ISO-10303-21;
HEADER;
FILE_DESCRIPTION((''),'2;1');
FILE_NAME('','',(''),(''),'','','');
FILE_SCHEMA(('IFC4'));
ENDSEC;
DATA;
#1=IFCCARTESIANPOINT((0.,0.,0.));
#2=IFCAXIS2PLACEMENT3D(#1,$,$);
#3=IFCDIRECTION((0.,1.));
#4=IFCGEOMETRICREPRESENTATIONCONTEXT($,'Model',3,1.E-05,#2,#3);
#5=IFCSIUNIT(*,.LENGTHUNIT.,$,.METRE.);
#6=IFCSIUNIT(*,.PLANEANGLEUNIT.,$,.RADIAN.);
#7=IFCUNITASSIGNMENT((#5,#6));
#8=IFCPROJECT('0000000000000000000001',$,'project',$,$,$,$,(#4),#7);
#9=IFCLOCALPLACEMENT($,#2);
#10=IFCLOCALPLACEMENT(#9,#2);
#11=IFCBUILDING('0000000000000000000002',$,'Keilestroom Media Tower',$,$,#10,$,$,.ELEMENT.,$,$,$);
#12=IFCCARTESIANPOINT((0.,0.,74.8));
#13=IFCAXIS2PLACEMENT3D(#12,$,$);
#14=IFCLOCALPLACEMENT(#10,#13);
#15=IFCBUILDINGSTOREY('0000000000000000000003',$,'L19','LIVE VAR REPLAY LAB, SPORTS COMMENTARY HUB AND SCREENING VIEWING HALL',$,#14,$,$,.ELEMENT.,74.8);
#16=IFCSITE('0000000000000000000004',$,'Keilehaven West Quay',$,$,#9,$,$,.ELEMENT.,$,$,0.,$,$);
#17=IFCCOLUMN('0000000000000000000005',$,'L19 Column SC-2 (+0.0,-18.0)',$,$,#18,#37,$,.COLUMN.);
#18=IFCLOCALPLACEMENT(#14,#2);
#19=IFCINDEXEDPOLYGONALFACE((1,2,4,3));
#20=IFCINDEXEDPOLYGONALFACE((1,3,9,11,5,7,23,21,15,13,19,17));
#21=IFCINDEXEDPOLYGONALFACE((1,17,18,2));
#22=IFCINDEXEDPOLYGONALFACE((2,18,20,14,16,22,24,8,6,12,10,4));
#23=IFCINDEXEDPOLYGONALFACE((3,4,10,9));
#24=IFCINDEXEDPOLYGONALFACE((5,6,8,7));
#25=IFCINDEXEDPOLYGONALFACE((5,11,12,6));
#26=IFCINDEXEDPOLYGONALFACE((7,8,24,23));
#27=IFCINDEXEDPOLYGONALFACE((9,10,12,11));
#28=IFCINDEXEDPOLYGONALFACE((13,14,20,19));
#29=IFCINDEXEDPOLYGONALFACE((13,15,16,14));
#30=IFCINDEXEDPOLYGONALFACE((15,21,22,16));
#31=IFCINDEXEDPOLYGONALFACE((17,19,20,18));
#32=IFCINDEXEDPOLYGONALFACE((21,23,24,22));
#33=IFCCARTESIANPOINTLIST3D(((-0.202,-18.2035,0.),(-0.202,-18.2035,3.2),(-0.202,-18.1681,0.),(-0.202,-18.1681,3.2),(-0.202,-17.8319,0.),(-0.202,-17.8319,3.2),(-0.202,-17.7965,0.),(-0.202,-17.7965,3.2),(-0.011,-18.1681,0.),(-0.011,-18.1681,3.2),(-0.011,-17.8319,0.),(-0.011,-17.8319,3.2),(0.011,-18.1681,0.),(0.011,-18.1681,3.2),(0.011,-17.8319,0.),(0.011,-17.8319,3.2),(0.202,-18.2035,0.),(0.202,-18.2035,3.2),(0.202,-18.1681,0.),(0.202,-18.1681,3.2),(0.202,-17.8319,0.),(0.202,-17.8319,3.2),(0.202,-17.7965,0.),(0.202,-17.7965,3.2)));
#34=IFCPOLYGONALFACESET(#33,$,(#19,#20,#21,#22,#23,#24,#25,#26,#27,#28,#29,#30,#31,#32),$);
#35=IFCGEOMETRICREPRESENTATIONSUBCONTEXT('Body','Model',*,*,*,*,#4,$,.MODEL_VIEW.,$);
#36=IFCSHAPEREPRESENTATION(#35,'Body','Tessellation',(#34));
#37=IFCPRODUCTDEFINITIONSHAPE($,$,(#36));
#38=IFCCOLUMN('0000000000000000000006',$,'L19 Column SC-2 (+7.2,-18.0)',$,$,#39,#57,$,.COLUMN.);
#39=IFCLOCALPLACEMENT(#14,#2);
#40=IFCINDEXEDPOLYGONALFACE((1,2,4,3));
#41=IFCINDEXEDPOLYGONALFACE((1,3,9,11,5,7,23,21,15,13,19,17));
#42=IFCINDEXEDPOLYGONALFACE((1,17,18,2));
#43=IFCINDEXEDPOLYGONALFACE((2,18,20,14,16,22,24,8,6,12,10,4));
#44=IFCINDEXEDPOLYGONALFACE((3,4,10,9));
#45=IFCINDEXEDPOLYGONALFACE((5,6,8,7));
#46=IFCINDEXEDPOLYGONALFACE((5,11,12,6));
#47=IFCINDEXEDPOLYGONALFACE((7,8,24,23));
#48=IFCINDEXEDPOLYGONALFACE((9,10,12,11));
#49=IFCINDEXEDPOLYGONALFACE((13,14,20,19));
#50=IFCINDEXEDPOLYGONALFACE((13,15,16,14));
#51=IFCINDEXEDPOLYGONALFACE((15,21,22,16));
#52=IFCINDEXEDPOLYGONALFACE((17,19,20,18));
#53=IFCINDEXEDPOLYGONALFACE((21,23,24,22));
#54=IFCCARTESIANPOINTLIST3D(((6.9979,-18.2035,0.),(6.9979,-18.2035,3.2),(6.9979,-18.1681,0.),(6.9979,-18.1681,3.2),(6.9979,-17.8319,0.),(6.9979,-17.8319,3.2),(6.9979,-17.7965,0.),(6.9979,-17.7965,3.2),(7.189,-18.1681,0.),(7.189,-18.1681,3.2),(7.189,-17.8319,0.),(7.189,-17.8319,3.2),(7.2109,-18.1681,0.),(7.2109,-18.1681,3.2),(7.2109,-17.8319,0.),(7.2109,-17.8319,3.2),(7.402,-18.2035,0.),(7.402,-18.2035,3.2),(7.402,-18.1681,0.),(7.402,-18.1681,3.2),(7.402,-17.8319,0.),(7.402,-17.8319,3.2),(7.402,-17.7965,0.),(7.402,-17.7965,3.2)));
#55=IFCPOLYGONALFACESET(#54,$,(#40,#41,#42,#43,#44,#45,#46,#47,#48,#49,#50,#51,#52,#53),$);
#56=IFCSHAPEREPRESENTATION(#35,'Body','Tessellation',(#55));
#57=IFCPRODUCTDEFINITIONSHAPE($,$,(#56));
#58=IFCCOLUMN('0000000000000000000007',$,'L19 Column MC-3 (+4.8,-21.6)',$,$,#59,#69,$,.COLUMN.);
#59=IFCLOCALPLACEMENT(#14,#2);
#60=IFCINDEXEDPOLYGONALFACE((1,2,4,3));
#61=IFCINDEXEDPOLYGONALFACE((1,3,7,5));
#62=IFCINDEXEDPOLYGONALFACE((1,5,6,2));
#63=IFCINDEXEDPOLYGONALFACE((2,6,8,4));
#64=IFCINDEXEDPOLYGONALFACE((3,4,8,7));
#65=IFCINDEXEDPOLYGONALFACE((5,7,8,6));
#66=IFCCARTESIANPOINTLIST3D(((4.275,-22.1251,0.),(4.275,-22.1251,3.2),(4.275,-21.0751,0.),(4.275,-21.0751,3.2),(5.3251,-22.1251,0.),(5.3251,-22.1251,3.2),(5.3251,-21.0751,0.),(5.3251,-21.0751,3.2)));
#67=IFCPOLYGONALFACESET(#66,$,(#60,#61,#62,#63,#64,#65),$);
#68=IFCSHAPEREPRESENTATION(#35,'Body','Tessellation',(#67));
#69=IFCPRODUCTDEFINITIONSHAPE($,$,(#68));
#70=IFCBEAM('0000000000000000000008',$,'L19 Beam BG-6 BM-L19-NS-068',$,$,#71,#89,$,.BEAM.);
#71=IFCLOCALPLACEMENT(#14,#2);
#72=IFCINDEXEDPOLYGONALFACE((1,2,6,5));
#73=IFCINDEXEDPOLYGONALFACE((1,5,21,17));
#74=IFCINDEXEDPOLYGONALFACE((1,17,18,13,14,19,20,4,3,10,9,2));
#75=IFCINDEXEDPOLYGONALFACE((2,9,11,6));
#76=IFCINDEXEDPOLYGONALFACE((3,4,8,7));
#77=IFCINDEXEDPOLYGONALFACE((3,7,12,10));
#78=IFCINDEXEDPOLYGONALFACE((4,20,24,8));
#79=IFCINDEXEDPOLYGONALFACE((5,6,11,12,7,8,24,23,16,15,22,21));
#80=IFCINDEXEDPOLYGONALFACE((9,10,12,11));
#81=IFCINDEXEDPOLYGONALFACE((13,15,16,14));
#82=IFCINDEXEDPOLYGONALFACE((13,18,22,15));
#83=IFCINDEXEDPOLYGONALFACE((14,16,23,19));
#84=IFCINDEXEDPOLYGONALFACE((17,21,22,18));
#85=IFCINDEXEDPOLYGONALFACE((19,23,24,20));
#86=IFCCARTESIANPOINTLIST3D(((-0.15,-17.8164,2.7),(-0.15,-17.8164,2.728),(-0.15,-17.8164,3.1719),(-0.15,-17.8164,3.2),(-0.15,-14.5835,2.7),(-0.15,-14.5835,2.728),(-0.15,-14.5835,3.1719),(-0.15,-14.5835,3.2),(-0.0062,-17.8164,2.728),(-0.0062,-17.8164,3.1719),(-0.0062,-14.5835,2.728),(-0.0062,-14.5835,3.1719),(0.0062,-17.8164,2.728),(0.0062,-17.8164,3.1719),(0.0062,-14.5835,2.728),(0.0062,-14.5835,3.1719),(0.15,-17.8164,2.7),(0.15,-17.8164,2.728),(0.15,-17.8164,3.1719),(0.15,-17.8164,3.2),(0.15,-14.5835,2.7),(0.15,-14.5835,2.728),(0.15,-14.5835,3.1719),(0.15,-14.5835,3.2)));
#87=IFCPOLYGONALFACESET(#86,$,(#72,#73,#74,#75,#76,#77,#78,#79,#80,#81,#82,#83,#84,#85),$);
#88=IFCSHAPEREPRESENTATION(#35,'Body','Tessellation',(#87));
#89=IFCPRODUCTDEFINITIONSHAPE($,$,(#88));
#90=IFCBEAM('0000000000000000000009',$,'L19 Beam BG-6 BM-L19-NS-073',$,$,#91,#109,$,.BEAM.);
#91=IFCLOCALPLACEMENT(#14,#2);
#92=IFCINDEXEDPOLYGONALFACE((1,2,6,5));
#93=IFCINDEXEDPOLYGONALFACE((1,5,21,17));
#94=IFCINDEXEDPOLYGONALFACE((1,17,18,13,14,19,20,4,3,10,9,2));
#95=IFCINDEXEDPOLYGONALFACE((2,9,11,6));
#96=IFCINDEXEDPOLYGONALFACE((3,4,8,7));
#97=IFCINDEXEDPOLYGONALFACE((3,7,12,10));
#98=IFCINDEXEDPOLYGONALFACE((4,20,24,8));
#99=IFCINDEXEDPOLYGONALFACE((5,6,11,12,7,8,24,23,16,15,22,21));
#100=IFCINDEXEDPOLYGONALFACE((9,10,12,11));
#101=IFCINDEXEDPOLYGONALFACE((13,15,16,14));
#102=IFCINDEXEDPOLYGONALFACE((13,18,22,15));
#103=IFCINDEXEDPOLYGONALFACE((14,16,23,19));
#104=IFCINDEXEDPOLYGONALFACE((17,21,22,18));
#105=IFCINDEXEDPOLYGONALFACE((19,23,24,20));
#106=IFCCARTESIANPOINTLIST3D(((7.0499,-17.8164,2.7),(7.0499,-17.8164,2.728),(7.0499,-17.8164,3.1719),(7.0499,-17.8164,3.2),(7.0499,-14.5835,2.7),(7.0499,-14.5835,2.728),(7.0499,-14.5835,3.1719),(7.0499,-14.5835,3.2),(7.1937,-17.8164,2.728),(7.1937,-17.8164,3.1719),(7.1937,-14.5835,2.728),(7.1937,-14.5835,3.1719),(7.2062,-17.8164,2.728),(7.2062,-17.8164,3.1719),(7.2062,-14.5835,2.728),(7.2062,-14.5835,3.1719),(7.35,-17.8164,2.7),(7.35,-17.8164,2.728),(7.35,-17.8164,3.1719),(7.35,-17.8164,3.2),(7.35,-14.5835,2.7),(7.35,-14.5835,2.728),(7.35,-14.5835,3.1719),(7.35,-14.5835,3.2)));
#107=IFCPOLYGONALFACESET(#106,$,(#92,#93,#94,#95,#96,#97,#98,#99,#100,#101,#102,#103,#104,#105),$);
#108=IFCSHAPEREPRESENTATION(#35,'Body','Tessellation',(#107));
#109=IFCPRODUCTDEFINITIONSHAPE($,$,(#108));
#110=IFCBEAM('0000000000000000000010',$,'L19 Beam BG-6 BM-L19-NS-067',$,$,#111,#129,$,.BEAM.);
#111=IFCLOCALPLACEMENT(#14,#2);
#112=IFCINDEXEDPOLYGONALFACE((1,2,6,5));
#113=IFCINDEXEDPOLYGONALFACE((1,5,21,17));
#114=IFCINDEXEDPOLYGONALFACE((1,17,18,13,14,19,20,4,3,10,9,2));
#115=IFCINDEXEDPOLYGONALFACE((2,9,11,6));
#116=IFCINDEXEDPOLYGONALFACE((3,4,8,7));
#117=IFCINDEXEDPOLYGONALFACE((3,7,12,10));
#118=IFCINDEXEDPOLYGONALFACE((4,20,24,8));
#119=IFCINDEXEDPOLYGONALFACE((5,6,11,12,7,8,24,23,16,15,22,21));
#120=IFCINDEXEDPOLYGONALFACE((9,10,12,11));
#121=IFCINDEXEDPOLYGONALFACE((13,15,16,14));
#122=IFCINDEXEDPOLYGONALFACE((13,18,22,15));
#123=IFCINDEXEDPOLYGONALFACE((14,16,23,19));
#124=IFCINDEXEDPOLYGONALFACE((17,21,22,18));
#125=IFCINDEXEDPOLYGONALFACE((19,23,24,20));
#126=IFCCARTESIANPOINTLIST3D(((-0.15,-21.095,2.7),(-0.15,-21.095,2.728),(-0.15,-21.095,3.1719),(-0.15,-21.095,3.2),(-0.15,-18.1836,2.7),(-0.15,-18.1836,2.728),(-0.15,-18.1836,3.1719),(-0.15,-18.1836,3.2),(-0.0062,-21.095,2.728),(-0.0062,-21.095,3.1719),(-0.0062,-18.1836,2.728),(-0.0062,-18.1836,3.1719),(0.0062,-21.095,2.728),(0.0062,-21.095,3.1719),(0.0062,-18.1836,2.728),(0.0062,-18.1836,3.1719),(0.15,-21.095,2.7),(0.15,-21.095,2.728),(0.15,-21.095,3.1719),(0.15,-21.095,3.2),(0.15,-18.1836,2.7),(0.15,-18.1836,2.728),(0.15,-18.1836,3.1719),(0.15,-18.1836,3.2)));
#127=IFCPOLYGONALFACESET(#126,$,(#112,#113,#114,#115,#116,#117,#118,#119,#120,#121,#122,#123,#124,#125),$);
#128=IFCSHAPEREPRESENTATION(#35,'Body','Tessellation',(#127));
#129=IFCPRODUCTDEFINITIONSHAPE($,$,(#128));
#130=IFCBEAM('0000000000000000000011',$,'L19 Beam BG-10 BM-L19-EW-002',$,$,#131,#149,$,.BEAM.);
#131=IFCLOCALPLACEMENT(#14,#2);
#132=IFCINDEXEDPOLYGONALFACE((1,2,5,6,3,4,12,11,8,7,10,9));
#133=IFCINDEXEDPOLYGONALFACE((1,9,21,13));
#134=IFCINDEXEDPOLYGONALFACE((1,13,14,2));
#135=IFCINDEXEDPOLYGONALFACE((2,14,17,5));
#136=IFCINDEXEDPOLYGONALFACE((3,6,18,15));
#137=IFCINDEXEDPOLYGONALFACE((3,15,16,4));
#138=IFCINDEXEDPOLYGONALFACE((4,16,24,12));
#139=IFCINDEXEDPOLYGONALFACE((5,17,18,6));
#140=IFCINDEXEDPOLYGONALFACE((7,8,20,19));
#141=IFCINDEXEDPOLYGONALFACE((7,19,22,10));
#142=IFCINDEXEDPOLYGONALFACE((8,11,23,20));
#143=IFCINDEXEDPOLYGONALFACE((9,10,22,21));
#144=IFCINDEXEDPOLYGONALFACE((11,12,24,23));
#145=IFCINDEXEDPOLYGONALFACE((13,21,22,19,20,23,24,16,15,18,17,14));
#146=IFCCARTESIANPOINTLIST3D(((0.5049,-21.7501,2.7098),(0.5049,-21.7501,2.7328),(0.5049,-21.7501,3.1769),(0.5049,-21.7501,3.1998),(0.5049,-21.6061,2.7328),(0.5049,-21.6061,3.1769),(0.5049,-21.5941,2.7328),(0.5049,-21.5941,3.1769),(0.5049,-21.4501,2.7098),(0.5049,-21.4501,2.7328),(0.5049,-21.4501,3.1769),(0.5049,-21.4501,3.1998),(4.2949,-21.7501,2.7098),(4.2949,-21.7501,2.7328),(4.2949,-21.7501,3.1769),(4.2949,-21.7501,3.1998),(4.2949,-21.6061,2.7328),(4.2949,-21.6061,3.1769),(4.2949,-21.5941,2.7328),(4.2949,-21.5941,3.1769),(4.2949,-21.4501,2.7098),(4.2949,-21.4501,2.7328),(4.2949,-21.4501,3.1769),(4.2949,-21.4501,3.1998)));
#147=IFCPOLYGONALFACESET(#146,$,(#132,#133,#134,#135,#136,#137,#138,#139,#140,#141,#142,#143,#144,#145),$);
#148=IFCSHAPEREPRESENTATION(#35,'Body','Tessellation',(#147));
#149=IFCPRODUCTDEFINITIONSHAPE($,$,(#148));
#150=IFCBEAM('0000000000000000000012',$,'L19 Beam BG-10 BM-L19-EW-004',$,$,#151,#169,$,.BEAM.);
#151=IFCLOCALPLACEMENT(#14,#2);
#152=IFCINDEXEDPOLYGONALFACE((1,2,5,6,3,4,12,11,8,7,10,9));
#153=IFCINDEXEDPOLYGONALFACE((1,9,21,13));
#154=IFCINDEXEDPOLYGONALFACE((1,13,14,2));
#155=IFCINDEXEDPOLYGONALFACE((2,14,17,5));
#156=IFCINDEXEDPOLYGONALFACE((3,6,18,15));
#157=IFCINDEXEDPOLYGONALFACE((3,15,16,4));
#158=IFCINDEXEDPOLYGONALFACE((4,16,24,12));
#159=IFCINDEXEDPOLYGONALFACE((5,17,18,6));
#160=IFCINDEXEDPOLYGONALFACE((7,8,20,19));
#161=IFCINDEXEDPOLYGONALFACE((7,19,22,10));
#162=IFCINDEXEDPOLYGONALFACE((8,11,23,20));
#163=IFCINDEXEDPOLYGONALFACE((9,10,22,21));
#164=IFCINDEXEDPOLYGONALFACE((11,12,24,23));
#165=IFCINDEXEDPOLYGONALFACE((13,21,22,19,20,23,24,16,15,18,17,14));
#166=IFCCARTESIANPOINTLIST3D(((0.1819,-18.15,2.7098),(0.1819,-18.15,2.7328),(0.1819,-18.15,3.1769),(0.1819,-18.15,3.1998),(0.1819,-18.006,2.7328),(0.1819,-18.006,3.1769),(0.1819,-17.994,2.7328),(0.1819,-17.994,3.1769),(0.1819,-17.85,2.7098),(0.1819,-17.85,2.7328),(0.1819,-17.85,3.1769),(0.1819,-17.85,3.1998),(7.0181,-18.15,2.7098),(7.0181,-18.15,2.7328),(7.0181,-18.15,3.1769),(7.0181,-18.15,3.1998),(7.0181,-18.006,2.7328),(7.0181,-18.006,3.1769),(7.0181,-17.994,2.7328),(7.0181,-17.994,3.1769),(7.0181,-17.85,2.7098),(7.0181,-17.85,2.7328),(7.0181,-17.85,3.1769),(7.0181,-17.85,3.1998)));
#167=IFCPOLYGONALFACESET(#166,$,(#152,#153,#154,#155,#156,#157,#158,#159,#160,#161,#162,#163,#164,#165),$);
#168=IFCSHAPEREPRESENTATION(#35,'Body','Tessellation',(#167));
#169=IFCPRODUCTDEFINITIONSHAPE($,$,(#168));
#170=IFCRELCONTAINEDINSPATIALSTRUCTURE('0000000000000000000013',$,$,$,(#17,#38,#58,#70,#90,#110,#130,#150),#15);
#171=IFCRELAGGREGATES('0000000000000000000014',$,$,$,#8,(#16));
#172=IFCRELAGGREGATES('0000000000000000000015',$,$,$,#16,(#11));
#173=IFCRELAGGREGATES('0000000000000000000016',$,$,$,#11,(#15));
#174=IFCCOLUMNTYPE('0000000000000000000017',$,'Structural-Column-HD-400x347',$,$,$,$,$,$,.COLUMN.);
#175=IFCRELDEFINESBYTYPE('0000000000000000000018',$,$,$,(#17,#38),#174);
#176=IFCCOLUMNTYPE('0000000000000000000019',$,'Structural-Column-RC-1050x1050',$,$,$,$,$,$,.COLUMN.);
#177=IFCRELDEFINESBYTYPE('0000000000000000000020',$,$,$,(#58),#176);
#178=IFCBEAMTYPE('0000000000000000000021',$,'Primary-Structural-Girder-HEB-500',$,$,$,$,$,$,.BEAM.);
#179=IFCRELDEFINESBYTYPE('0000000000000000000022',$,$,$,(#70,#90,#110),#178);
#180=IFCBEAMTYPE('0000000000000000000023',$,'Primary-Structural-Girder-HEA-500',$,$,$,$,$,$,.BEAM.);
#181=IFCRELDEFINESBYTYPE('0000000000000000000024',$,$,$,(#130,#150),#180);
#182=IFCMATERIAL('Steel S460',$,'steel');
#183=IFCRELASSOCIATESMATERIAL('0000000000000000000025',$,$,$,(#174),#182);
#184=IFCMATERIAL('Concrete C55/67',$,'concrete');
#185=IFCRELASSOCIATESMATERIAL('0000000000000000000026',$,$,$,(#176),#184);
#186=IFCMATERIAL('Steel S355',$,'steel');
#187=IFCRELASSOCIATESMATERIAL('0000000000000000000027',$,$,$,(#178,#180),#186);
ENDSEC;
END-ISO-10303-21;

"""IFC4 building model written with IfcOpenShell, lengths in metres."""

from ifc_helpers import new_model, si_unit, direction, frame, origin, origin_2d, place, context, subcontext, project, spatial, rectangle, i_section, extrude, source, transform, mapped, material, material_profile, profile_set, type_object, element, save


model = new_model("IFC4")

# Units and contexts
model_context = context("Model", 3, precision=1e-05, world=origin(), true_north=direction((0.0, 1.0)))
body_context = subcontext(model_context, "Body", "Model", "MODEL_VIEW")
ifc_project = project(units=[si_unit("LENGTHUNIT", "METRE"), si_unit("PLANEANGLEUNIT", "RADIAN")], contexts=[model_context])

# Site, building, storey
site_placement = place(None, origin())
site = spatial("IfcSite", under=ifc_project, at=site_placement, Name="Keilehaven West Quay", CompositionType="ELEMENT", RefElevation=0.0)
building_placement = place(site_placement, origin())
building = spatial("IfcBuilding", under=site, at=building_placement, Name="Keilestroom Media Tower", CompositionType="ELEMENT")
storey_placement = place(building_placement, frame((0.0, 0.0, 74.8)))
storey = spatial("IfcBuildingStorey", under=building, at=storey_placement, Name="L19", Description="LIVE VAR REPLAY LAB, SPORTS COMMENTARY HUB AND SCREENING VIEWING HALL", CompositionType="ELEMENT", Elevation=74.8)

# Columns
ifc_material_1 = material(Name="Steel S460", Category="steel")
ifc_material_profile_1 = material_profile(ifc_material_1, i_section(OverallWidth=0.4041, OverallDepth=0.407, WebThickness=0.022, FlangeThickness=0.0354, at=origin_2d()), Name="HD 400x347")
ifc_profile_set_1 = profile_set([ifc_material_profile_1], Name="Steel S460")
column_type_1 = type_object("IfcColumnType", Name="Structural-Column-HD-400x347", PredefinedType="COLUMN", material=ifc_profile_set_1)
shared_shape_1 = source(origin(), body_context, "Body", "SweptSolid", [
    extrude(i_section(OverallWidth=0.4041, OverallDepth=0.407, WebThickness=0.022, FlangeThickness=0.0354, at=origin_2d()), origin(), (0.0, 0.0, 1.0), 3.2),
])
for number, where, z_axis, x_axis, name in (
    (1, (0.0, -18.0, 0.0), (0.0, 0.0, 1.0), (1.0, 0.0, 0.0), "L19 Column SC-2 (+0.0,-18.0)"),
    (2, (7.2, -18.0, 0.0), (0.0, 0.0, 1.0), (1.0, 0.0, 0.0), "L19 Column SC-2 (+7.2,-18.0)"),
):
    element("IfcColumn", number, at=place(storey_placement, frame(where, z_axis=z_axis, x_axis=x_axis)), inside=storey, type_object=column_type_1, Name=name, PredefinedType="COLUMN", context=body_context, shape_type="MappedRepresentation", body=[
        mapped(shared_shape_1, transform((0.0, 0.0, 0.0), x_axis=(1.0, 0.0, 0.0), y_axis=(0.0, 1.0, 0.0), z_axis=(0.0, 0.0, 1.0), scale=1.0)),
    ])
ifc_material_2 = material(Name="Concrete C55/67", Category="concrete")
ifc_material_profile_2 = material_profile(ifc_material_2, rectangle(XDim=1.05, YDim=1.05, at=origin_2d()), Name="RC 1050x1050")
ifc_profile_set_2 = profile_set([ifc_material_profile_2], Name="Concrete C55/67")
column_type_2 = type_object("IfcColumnType", Name="Structural-Column-RC-1050x1050", PredefinedType="COLUMN", material=ifc_profile_set_2)
shared_shape_2 = source(origin(), body_context, "Body", "SweptSolid", [
    extrude(rectangle(XDim=1.05, YDim=1.05, at=origin_2d()), origin(), (0.0, 0.0, 1.0), 3.2),
])
column_placement = place(storey_placement, frame((4.8, -21.6001, 0.0), z_axis=(0.0, 0.0, 1.0), x_axis=(1.0, 0.0, 0.0)))
element("IfcColumn", 3, at=column_placement, inside=storey, type_object=column_type_2, Name="L19 Column MC-3 (+4.8,-21.6)", PredefinedType="COLUMN", context=body_context, shape_type="MappedRepresentation", body=[
    mapped(shared_shape_2, transform((0.0, 0.0, 0.0), x_axis=(1.0, 0.0, 0.0), y_axis=(0.0, 1.0, 0.0), z_axis=(0.0, 0.0, 1.0), scale=1.0)),
])

# Beams
ifc_material_3 = material(Name="Steel S355", Category="steel")
ifc_material_profile_3 = material_profile(ifc_material_3, i_section(OverallWidth=0.3, OverallDepth=0.5, WebThickness=0.0125, FlangeThickness=0.0281, at=origin_2d()), Name="HEB 500")
ifc_profile_set_3 = profile_set([ifc_material_profile_3], Name="Steel S355")
beam_type_1 = type_object("IfcBeamType", Name="Primary-Structural-Girder-HEB-500", PredefinedType="BEAM", material=ifc_profile_set_3)
shared_shape_3 = source(origin(), body_context, "Body", "SweptSolid", [
    extrude(i_section(OverallWidth=0.3, OverallDepth=0.5, WebThickness=0.0125, FlangeThickness=0.0281, at=origin_2d()), origin(), (0.0, 0.0, 1.0), 3.2329),
])
for number, where, z_axis, x_axis, name in (
    (4, (0.0, -17.8164, 2.95), (0.0, 1.0, 0.0), (-1.0, 0.0, 0.0), "L19 Beam BG-6 BM-L19-NS-068"),
    (5, (7.2, -17.8164, 2.95), (0.0, 1.0, 0.0), (-1.0, 0.0, 0.0), "L19 Beam BG-6 BM-L19-NS-073"),
):
    element("IfcBeam", number, at=place(storey_placement, frame(where, z_axis=z_axis, x_axis=x_axis)), inside=storey, type_object=beam_type_1, Name=name, PredefinedType="BEAM", context=body_context, shape_type="MappedRepresentation", body=[
        mapped(shared_shape_3, transform((0.0, 0.0, 0.0), x_axis=(1.0, 0.0, 0.0), y_axis=(0.0, 1.0, 0.0), z_axis=(0.0, 0.0, 1.0), scale=1.0)),
    ])
shared_shape_4 = source(origin(), body_context, "Body", "SweptSolid", [
    extrude(i_section(OverallWidth=0.3, OverallDepth=0.5, WebThickness=0.0125, FlangeThickness=0.0281, at=origin_2d()), origin(), (0.0, 0.0, 1.0), 2.9114),
])
beam_1_placement = place(storey_placement, frame((0.0, -21.095, 2.95), z_axis=(0.0, 1.0, 0.0), x_axis=(-1.0, 0.0, 0.0)))
element("IfcBeam", 6, at=beam_1_placement, inside=storey, type_object=beam_type_1, Name="L19 Beam BG-6 BM-L19-NS-067", PredefinedType="BEAM", context=body_context, shape_type="MappedRepresentation", body=[
    mapped(shared_shape_4, transform((0.0, 0.0, 0.0), x_axis=(1.0, 0.0, 0.0), y_axis=(0.0, 1.0, 0.0), z_axis=(0.0, 0.0, 1.0), scale=1.0)),
])
ifc_material_profile_4 = material_profile(ifc_material_3, i_section(OverallWidth=0.3, OverallDepth=0.49, WebThickness=0.012, FlangeThickness=0.0229, at=origin_2d()), Name="HEA 500")
ifc_profile_set_4 = profile_set([ifc_material_profile_4], Name="Steel S355")
beam_type_2 = type_object("IfcBeamType", Name="Primary-Structural-Girder-HEA-500", PredefinedType="BEAM", material=ifc_profile_set_4)
shared_shape_5 = source(origin(), body_context, "Body", "SweptSolid", [
    extrude(i_section(OverallWidth=0.3, OverallDepth=0.49, WebThickness=0.012, FlangeThickness=0.0229, at=origin_2d()), origin(), (0.0, 0.0, 1.0), 3.79),
])
beam_2_placement = place(storey_placement, frame((0.5049, -21.6001, 2.9548), z_axis=(1.0, 0.0, 0.0), x_axis=(0.0, 1.0, 0.0)))
element("IfcBeam", 7, at=beam_2_placement, inside=storey, type_object=beam_type_2, Name="L19 Beam BG-10 BM-L19-EW-002", PredefinedType="BEAM", context=body_context, shape_type="MappedRepresentation", body=[
    mapped(shared_shape_5, transform((0.0, 0.0, 0.0), x_axis=(1.0, 0.0, 0.0), y_axis=(0.0, 1.0, 0.0), z_axis=(0.0, 0.0, 1.0), scale=1.0)),
])
shared_shape_6 = source(origin(), body_context, "Body", "SweptSolid", [
    extrude(i_section(OverallWidth=0.3, OverallDepth=0.49, WebThickness=0.012, FlangeThickness=0.0229, at=origin_2d()), origin(), (0.0, 0.0, 1.0), 6.8362),
])
beam_3_placement = place(storey_placement, frame((0.1819, -18.0, 2.9548), z_axis=(1.0, 0.0, 0.0), x_axis=(0.0, 1.0, 0.0)))
element("IfcBeam", 8, at=beam_3_placement, inside=storey, type_object=beam_type_2, Name="L19 Beam BG-10 BM-L19-EW-004", PredefinedType="BEAM", context=body_context, shape_type="MappedRepresentation", body=[
    mapped(shared_shape_6, transform((0.0, 0.0, 0.0), x_axis=(1.0, 0.0, 0.0), y_axis=(0.0, 1.0, 0.0), z_axis=(0.0, 0.0, 1.0), scale=1.0)),
])

save(model, "model.ifc")
